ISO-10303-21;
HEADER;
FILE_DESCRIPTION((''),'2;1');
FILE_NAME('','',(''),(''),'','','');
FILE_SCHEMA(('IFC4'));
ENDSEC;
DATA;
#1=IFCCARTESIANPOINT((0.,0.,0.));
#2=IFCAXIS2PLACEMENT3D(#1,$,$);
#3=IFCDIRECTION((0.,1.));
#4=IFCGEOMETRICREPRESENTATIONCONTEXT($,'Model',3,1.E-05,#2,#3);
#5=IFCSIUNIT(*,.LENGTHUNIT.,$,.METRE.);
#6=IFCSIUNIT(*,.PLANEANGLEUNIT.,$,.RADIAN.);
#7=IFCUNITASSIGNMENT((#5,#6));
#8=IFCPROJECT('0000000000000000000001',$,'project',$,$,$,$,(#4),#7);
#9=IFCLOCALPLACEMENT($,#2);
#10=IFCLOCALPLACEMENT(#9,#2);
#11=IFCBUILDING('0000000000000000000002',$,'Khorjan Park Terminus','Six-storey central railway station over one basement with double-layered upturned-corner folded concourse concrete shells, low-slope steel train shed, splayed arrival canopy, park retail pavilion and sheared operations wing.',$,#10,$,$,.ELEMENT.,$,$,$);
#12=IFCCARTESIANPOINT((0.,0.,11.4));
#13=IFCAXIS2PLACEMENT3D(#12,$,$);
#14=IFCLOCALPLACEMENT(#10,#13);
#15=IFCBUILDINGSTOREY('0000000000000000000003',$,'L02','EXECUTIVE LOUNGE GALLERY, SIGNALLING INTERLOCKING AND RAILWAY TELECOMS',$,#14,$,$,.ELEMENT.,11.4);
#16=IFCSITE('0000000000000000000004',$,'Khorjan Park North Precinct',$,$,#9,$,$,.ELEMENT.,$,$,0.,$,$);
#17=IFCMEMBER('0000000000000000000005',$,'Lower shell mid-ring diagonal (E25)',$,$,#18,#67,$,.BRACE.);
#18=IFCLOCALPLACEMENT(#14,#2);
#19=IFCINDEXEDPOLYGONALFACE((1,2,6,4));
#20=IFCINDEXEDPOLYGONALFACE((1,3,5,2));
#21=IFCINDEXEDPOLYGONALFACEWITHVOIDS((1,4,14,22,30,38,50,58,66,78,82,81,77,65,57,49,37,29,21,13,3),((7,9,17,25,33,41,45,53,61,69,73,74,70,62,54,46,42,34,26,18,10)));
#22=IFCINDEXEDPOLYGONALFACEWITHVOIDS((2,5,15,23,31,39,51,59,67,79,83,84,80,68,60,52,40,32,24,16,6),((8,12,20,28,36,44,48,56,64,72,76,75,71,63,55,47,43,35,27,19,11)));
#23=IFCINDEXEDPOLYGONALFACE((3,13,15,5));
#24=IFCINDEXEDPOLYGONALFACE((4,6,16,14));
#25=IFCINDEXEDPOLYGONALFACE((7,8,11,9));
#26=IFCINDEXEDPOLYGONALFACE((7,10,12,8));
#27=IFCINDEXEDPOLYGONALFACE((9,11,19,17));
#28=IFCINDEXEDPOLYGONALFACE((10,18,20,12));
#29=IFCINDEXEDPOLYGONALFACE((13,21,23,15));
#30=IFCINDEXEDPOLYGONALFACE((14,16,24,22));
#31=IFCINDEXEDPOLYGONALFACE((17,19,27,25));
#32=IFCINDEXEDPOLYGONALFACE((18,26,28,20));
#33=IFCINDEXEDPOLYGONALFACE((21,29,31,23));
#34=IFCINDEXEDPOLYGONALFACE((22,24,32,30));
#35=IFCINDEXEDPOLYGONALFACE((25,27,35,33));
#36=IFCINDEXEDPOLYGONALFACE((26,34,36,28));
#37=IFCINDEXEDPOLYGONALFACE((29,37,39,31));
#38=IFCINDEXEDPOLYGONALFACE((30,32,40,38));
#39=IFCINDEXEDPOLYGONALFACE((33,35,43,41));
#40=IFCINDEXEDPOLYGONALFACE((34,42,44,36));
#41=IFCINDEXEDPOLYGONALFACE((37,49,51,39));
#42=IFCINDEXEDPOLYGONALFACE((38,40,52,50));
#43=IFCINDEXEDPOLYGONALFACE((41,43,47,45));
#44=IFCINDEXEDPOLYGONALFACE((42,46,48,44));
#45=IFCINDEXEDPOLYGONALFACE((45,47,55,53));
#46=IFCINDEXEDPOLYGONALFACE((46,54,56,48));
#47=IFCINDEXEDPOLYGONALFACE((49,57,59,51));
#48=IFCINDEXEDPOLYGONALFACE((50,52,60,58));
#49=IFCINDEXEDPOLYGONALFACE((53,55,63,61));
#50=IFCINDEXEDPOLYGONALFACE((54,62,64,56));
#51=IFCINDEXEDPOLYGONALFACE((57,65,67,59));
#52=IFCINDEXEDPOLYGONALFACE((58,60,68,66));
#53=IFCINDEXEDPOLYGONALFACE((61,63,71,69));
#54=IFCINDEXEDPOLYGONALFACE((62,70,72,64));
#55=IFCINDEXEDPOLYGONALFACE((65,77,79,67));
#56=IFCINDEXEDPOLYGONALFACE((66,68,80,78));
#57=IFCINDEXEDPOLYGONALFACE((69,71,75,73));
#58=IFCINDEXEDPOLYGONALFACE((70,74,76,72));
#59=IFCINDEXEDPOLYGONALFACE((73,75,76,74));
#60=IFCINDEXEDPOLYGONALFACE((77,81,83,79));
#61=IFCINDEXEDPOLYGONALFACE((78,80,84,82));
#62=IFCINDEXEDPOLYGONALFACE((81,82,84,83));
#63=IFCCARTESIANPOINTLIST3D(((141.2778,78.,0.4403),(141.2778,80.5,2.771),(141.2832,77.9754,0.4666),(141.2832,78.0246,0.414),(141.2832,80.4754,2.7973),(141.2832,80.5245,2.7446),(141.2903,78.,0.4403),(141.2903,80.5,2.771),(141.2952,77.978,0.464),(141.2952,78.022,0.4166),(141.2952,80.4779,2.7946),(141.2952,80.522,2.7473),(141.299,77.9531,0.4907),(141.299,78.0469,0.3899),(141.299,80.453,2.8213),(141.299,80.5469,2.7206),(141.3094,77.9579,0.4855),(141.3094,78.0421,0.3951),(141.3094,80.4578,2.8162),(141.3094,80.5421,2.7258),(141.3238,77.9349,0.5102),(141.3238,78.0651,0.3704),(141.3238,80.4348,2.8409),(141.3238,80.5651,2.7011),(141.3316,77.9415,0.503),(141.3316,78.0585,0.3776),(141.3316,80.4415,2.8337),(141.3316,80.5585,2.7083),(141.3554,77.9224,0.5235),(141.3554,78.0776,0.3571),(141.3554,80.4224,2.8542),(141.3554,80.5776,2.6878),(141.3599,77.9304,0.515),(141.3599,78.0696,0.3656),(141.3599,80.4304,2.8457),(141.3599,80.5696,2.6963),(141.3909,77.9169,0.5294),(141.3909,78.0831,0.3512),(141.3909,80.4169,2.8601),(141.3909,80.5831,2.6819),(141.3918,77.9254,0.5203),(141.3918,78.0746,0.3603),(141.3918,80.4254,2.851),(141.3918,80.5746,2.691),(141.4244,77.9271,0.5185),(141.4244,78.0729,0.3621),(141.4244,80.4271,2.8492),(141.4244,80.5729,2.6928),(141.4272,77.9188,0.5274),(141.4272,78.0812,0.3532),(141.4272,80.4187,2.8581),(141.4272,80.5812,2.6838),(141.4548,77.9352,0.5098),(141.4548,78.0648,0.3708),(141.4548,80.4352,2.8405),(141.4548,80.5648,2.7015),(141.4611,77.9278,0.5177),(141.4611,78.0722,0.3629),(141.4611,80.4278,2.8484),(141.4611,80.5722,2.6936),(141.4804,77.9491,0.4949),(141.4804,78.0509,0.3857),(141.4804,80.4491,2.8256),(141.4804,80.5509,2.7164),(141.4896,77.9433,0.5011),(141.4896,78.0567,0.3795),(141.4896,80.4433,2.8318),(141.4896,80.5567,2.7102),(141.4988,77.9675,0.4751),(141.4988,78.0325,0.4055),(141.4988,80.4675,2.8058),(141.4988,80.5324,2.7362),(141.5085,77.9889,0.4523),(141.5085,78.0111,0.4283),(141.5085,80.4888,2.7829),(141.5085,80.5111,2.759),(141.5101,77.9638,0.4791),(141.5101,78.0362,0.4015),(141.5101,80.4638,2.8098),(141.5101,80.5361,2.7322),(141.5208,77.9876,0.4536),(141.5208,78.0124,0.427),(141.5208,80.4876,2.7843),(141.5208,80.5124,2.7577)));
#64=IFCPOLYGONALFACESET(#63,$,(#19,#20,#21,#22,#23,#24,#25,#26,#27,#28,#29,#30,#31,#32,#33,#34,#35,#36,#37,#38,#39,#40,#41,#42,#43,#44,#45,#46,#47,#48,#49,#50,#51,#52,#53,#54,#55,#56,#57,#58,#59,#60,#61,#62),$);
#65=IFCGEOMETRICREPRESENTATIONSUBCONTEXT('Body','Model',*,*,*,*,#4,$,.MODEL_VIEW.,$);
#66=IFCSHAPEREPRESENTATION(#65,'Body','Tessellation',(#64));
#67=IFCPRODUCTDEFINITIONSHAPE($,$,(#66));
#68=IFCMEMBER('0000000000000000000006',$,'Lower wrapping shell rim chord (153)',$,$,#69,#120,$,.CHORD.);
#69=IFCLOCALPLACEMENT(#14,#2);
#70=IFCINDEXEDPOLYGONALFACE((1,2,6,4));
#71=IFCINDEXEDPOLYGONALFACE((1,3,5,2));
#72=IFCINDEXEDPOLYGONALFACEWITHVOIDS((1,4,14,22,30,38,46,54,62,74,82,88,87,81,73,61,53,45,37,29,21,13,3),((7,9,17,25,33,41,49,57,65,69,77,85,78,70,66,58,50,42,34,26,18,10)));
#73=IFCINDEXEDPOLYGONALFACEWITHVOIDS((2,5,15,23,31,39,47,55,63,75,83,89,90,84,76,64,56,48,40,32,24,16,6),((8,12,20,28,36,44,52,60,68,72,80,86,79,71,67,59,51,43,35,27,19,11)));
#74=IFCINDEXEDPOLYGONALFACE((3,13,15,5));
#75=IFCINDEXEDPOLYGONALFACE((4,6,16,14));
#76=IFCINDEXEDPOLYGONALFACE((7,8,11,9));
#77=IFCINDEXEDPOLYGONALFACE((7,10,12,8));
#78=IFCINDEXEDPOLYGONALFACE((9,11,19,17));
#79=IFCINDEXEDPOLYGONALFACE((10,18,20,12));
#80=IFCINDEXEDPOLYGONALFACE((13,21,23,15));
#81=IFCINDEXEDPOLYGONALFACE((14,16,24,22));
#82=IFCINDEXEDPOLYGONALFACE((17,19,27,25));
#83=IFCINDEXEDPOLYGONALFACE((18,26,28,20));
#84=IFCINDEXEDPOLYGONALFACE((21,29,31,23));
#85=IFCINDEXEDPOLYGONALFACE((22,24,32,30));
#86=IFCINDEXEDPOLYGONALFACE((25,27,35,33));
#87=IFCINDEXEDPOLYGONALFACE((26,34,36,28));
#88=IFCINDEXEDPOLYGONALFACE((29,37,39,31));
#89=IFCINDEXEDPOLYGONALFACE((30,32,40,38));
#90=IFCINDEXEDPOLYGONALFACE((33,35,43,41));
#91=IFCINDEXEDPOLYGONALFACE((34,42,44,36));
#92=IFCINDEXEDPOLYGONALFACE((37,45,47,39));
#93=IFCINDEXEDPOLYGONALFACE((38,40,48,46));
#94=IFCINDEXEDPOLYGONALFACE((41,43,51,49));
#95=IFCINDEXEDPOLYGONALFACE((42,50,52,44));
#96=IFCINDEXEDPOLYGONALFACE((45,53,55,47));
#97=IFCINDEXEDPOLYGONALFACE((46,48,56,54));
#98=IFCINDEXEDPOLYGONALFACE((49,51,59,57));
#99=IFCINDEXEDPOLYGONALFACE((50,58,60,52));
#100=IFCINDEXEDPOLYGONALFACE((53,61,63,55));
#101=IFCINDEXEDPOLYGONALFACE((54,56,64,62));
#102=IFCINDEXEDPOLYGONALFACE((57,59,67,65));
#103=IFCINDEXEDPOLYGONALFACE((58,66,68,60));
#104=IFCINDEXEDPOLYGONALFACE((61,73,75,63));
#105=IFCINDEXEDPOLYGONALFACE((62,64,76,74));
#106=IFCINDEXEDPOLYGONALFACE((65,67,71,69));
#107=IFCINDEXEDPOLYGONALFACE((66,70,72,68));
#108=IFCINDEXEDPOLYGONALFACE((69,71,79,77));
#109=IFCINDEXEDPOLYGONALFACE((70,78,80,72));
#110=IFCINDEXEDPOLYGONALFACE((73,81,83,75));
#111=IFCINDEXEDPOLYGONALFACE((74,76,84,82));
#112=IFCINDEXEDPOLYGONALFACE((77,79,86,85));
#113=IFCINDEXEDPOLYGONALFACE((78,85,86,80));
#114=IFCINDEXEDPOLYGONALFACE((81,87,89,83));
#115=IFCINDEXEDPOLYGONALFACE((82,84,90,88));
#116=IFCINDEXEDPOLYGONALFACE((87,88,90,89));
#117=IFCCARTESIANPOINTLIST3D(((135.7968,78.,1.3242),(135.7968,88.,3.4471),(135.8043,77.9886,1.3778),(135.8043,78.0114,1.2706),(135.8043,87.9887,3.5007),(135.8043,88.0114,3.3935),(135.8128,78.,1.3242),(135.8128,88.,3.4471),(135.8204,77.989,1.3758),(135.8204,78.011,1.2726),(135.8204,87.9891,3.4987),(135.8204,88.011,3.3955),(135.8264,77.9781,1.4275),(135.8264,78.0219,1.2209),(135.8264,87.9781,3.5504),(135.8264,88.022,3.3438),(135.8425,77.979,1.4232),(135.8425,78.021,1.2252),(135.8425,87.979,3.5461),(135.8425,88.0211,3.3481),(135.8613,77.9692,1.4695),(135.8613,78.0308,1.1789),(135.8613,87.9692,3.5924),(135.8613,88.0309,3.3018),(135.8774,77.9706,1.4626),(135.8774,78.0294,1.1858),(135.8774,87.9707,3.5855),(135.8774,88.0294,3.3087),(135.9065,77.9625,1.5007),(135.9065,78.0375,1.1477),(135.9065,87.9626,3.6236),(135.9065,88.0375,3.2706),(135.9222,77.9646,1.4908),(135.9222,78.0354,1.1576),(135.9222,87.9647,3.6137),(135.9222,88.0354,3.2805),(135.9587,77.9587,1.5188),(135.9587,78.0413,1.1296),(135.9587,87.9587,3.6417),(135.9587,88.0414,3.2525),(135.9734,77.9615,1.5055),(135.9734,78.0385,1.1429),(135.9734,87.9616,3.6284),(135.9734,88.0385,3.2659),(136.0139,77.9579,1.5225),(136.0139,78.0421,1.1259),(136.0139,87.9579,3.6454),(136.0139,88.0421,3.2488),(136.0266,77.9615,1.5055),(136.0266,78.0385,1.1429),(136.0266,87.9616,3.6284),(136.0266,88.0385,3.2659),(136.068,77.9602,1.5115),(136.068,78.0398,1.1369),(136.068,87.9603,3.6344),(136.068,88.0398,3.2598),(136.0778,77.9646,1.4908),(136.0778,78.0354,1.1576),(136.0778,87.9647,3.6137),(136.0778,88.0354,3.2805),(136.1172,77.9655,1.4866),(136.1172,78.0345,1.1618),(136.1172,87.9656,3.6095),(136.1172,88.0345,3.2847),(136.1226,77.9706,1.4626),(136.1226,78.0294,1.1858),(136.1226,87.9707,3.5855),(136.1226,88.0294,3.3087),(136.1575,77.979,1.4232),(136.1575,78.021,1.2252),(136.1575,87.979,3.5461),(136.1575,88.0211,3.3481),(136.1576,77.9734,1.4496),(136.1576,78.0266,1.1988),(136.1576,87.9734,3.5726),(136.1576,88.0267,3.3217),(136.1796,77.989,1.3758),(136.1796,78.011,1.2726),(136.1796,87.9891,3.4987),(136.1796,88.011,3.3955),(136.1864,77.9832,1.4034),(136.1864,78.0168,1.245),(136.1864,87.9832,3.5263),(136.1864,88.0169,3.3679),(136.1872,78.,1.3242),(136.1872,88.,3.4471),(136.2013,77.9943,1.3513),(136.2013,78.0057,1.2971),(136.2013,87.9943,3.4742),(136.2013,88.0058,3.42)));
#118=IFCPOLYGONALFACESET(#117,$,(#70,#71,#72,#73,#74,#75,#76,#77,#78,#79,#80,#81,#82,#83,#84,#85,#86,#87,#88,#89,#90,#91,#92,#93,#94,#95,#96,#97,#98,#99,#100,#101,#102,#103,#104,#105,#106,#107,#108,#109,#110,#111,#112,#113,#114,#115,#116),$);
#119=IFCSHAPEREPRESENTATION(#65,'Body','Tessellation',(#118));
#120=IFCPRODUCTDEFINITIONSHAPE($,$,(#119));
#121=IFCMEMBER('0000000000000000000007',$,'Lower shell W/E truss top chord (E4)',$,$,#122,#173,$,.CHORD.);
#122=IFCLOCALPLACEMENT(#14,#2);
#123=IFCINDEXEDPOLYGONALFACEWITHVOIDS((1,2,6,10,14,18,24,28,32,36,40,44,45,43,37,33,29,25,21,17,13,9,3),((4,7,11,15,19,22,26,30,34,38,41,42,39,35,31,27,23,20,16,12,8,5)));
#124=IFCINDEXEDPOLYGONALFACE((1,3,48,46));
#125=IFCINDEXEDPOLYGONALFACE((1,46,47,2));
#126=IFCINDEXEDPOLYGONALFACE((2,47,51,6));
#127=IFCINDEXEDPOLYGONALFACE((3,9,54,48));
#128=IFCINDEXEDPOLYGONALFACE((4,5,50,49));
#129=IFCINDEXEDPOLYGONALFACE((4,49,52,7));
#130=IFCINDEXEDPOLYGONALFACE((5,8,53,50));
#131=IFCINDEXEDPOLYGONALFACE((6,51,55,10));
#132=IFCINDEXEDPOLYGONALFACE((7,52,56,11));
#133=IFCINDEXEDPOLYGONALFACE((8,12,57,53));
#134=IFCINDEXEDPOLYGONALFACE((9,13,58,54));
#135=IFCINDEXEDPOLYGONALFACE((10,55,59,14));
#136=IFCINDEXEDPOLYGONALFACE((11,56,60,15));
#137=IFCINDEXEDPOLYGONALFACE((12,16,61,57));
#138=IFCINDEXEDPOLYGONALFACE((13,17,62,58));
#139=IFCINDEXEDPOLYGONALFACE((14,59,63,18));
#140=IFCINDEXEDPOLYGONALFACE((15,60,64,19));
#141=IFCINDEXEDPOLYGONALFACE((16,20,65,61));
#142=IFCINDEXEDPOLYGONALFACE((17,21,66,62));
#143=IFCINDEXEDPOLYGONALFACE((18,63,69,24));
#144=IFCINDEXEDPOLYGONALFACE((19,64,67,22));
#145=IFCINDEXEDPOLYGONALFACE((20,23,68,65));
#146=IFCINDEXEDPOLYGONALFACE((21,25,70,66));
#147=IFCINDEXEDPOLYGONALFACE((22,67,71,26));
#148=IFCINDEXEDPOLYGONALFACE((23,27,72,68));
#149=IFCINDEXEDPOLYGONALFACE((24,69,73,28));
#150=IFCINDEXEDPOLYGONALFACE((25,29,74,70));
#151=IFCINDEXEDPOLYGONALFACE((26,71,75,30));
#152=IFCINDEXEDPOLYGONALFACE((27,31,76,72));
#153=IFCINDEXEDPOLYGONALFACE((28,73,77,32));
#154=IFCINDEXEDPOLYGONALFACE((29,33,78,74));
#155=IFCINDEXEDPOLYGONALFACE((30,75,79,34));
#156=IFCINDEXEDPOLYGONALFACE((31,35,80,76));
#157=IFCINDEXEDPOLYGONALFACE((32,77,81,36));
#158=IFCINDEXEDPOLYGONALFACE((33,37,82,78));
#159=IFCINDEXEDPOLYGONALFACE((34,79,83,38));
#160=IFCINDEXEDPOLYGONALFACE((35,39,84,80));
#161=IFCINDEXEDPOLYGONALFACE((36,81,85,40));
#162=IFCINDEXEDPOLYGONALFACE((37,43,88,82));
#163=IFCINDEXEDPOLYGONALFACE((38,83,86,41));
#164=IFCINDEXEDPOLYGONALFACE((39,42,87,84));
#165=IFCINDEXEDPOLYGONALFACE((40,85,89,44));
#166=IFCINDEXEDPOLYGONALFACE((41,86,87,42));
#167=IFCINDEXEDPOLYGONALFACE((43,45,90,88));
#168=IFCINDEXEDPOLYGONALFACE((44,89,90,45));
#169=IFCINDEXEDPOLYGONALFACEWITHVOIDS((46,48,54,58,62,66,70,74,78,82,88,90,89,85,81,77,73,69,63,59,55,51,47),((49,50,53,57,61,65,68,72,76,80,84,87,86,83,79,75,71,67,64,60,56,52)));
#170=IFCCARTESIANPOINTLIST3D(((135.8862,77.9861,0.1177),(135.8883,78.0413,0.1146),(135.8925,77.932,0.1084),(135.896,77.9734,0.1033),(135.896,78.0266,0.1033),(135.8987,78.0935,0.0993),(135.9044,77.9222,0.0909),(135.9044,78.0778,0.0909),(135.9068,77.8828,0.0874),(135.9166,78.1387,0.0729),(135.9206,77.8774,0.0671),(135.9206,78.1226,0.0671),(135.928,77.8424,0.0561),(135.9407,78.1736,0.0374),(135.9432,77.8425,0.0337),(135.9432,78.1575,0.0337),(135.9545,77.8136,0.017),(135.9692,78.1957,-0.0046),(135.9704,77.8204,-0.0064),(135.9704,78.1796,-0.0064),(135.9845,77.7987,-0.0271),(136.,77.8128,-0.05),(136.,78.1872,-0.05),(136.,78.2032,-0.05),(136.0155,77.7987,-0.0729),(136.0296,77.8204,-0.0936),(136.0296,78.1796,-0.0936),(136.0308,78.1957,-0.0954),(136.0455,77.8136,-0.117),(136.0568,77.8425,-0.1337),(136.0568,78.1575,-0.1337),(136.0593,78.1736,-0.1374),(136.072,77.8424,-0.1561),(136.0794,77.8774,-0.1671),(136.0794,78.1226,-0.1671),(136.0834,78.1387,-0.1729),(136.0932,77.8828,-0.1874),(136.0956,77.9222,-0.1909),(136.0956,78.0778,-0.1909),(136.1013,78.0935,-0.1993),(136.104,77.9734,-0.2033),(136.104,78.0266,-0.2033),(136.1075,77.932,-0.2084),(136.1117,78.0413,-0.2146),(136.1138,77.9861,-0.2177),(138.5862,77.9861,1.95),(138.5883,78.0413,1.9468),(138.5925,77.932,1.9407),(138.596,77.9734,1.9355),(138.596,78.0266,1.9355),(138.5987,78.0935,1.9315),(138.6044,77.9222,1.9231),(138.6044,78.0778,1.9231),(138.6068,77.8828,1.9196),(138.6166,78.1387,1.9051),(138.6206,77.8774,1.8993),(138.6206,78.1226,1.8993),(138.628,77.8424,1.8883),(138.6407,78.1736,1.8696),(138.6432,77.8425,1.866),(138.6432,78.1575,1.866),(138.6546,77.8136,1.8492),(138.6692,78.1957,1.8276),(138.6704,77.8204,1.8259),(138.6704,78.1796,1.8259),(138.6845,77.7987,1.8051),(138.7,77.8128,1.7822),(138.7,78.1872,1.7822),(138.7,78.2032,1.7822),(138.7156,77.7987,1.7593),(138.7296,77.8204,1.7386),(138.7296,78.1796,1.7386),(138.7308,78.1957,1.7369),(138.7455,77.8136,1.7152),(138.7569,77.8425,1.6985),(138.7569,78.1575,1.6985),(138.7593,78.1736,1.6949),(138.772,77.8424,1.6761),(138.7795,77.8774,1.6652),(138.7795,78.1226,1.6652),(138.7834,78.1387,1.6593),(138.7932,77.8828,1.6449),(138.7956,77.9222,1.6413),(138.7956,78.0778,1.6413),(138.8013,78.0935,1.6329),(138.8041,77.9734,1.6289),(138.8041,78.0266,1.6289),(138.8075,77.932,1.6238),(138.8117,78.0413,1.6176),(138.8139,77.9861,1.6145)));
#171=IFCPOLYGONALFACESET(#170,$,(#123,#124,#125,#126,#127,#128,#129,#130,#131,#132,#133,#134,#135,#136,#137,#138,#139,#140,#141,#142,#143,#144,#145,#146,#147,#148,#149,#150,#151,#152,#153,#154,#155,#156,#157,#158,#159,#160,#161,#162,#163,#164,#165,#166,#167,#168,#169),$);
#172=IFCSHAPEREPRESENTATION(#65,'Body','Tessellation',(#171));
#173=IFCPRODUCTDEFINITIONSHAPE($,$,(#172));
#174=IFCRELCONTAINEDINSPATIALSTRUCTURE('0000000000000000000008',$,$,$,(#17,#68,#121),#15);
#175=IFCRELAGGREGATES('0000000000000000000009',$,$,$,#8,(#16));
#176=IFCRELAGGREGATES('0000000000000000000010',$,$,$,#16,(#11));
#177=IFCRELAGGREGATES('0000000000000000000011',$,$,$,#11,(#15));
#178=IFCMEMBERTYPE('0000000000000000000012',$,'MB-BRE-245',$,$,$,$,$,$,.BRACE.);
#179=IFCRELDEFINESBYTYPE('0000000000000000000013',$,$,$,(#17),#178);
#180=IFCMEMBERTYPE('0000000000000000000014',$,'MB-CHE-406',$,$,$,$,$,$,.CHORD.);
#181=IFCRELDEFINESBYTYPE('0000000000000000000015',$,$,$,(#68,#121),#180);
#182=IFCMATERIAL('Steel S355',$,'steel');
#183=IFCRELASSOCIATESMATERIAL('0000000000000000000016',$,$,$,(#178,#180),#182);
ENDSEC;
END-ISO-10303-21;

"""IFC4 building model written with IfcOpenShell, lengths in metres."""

from ifc_helpers import new_model, si_unit, direction, frame, origin, origin_2d, place, context, subcontext, project, spatial, hollow_circle, extrude, material, material_profile, profile_set, type_object, element, save


model = new_model("IFC4")

# Units and contexts
model_context = context("Model", 3, precision=1e-05, world=origin(), true_north=direction((0.0, 1.0)))
body_context = subcontext(model_context, "Body", "Model", "MODEL_VIEW")
ifc_project = project(units=[si_unit("LENGTHUNIT", "METRE"), si_unit("PLANEANGLEUNIT", "RADIAN")], contexts=[model_context])

# Site, building, storey
site_placement = place(None, origin())
site = spatial("IfcSite", under=ifc_project, at=site_placement, Name="Khorjan Park North Precinct", CompositionType="ELEMENT", RefElevation=0.0)
building_placement = place(site_placement, origin())
building = spatial("IfcBuilding", under=site, at=building_placement, Name="Khorjan Park Terminus", Description="Six-storey central railway station over one basement with double-layered upturned-corner folded concourse concrete shells, low-slope steel train shed, splayed arrival canopy, park retail pavilion and sheared operations wing.", CompositionType="ELEMENT")
storey_placement = place(building_placement, frame((0.0, 0.0, 11.4)))
storey = spatial("IfcBuildingStorey", under=building, at=storey_placement, Name="L02", Description="EXECUTIVE LOUNGE GALLERY, SIGNALLING INTERLOCKING AND RAILWAY TELECOMS", CompositionType="ELEMENT", Elevation=11.4)

# Members
ifc_material_1 = material(Name="Steel S355", Category="steel")
ifc_material_profile_1 = material_profile(ifc_material_1, hollow_circle(Radius=0.1222, WallThickness=0.0125, at=origin_2d()), Name="CHS 244.5x12.5")
ifc_profile_set_1 = profile_set([ifc_material_profile_1], Name="Steel S355")
member_type_1 = type_object("IfcMemberType", Name="MB-BRE-245", PredefinedType="BRACE", material=ifc_profile_set_1)
member_1_placement = place(storey_placement, frame((141.4, 78.0, 0.4403), z_axis=(0.0, 0.731439, 0.681906), x_axis=(-1.0, 0.0, 0.0)))
element("IfcMember", 1, at=member_1_placement, inside=storey, type_object=member_type_1, Name="Lower shell mid-ring diagonal (E25)", PredefinedType="BRACE", context=body_context, shape_type="SweptSolid", body=[
    extrude(hollow_circle(Radius=0.1222, WallThickness=0.0125, at=origin_2d()), origin(), (0.0, 0.0, 1.0), 3.4179),
])
ifc_material_profile_2 = material_profile(ifc_material_1, hollow_circle(Radius=0.2032, WallThickness=0.016, at=origin_2d()), Name="CHS 406.4x16")
ifc_profile_set_2 = profile_set([ifc_material_profile_2], Name="Steel S355")
member_type_2 = type_object("IfcMemberType", Name="MB-CHE-406", PredefinedType="CHORD", material=ifc_profile_set_2)
member_2_placement = place(storey_placement, frame((136.0, 78.0, 1.3242), z_axis=(0.0, 0.978201, 0.207662), x_axis=(-1.0, 0.0, 0.0)))
element("IfcMember", 2, at=member_2_placement, inside=storey, type_object=member_type_2, Name="Lower wrapping shell rim chord (153)", PredefinedType="CHORD", context=body_context, shape_type="SweptSolid", body=[
    extrude(hollow_circle(Radius=0.2032, WallThickness=0.016, at=origin_2d()), origin(), (0.0, 0.0, 1.0), 10.2229),
])
member_3_placement = place(storey_placement, frame((136.0, 78.0, -0.05), z_axis=(0.827468, 0.0, 0.561513), x_axis=(0.0, 1.0, 0.0)))
element("IfcMember", 3, at=member_3_placement, inside=storey, type_object=member_type_2, Name="Lower shell W/E truss top chord (E4)", PredefinedType="CHORD", context=body_context, shape_type="SweptSolid", body=[
    extrude(hollow_circle(Radius=0.2032, WallThickness=0.016, at=origin_2d()), origin(), (0.0, 0.0, 1.0), 3.263),
])

save(model, "model.ifc")
